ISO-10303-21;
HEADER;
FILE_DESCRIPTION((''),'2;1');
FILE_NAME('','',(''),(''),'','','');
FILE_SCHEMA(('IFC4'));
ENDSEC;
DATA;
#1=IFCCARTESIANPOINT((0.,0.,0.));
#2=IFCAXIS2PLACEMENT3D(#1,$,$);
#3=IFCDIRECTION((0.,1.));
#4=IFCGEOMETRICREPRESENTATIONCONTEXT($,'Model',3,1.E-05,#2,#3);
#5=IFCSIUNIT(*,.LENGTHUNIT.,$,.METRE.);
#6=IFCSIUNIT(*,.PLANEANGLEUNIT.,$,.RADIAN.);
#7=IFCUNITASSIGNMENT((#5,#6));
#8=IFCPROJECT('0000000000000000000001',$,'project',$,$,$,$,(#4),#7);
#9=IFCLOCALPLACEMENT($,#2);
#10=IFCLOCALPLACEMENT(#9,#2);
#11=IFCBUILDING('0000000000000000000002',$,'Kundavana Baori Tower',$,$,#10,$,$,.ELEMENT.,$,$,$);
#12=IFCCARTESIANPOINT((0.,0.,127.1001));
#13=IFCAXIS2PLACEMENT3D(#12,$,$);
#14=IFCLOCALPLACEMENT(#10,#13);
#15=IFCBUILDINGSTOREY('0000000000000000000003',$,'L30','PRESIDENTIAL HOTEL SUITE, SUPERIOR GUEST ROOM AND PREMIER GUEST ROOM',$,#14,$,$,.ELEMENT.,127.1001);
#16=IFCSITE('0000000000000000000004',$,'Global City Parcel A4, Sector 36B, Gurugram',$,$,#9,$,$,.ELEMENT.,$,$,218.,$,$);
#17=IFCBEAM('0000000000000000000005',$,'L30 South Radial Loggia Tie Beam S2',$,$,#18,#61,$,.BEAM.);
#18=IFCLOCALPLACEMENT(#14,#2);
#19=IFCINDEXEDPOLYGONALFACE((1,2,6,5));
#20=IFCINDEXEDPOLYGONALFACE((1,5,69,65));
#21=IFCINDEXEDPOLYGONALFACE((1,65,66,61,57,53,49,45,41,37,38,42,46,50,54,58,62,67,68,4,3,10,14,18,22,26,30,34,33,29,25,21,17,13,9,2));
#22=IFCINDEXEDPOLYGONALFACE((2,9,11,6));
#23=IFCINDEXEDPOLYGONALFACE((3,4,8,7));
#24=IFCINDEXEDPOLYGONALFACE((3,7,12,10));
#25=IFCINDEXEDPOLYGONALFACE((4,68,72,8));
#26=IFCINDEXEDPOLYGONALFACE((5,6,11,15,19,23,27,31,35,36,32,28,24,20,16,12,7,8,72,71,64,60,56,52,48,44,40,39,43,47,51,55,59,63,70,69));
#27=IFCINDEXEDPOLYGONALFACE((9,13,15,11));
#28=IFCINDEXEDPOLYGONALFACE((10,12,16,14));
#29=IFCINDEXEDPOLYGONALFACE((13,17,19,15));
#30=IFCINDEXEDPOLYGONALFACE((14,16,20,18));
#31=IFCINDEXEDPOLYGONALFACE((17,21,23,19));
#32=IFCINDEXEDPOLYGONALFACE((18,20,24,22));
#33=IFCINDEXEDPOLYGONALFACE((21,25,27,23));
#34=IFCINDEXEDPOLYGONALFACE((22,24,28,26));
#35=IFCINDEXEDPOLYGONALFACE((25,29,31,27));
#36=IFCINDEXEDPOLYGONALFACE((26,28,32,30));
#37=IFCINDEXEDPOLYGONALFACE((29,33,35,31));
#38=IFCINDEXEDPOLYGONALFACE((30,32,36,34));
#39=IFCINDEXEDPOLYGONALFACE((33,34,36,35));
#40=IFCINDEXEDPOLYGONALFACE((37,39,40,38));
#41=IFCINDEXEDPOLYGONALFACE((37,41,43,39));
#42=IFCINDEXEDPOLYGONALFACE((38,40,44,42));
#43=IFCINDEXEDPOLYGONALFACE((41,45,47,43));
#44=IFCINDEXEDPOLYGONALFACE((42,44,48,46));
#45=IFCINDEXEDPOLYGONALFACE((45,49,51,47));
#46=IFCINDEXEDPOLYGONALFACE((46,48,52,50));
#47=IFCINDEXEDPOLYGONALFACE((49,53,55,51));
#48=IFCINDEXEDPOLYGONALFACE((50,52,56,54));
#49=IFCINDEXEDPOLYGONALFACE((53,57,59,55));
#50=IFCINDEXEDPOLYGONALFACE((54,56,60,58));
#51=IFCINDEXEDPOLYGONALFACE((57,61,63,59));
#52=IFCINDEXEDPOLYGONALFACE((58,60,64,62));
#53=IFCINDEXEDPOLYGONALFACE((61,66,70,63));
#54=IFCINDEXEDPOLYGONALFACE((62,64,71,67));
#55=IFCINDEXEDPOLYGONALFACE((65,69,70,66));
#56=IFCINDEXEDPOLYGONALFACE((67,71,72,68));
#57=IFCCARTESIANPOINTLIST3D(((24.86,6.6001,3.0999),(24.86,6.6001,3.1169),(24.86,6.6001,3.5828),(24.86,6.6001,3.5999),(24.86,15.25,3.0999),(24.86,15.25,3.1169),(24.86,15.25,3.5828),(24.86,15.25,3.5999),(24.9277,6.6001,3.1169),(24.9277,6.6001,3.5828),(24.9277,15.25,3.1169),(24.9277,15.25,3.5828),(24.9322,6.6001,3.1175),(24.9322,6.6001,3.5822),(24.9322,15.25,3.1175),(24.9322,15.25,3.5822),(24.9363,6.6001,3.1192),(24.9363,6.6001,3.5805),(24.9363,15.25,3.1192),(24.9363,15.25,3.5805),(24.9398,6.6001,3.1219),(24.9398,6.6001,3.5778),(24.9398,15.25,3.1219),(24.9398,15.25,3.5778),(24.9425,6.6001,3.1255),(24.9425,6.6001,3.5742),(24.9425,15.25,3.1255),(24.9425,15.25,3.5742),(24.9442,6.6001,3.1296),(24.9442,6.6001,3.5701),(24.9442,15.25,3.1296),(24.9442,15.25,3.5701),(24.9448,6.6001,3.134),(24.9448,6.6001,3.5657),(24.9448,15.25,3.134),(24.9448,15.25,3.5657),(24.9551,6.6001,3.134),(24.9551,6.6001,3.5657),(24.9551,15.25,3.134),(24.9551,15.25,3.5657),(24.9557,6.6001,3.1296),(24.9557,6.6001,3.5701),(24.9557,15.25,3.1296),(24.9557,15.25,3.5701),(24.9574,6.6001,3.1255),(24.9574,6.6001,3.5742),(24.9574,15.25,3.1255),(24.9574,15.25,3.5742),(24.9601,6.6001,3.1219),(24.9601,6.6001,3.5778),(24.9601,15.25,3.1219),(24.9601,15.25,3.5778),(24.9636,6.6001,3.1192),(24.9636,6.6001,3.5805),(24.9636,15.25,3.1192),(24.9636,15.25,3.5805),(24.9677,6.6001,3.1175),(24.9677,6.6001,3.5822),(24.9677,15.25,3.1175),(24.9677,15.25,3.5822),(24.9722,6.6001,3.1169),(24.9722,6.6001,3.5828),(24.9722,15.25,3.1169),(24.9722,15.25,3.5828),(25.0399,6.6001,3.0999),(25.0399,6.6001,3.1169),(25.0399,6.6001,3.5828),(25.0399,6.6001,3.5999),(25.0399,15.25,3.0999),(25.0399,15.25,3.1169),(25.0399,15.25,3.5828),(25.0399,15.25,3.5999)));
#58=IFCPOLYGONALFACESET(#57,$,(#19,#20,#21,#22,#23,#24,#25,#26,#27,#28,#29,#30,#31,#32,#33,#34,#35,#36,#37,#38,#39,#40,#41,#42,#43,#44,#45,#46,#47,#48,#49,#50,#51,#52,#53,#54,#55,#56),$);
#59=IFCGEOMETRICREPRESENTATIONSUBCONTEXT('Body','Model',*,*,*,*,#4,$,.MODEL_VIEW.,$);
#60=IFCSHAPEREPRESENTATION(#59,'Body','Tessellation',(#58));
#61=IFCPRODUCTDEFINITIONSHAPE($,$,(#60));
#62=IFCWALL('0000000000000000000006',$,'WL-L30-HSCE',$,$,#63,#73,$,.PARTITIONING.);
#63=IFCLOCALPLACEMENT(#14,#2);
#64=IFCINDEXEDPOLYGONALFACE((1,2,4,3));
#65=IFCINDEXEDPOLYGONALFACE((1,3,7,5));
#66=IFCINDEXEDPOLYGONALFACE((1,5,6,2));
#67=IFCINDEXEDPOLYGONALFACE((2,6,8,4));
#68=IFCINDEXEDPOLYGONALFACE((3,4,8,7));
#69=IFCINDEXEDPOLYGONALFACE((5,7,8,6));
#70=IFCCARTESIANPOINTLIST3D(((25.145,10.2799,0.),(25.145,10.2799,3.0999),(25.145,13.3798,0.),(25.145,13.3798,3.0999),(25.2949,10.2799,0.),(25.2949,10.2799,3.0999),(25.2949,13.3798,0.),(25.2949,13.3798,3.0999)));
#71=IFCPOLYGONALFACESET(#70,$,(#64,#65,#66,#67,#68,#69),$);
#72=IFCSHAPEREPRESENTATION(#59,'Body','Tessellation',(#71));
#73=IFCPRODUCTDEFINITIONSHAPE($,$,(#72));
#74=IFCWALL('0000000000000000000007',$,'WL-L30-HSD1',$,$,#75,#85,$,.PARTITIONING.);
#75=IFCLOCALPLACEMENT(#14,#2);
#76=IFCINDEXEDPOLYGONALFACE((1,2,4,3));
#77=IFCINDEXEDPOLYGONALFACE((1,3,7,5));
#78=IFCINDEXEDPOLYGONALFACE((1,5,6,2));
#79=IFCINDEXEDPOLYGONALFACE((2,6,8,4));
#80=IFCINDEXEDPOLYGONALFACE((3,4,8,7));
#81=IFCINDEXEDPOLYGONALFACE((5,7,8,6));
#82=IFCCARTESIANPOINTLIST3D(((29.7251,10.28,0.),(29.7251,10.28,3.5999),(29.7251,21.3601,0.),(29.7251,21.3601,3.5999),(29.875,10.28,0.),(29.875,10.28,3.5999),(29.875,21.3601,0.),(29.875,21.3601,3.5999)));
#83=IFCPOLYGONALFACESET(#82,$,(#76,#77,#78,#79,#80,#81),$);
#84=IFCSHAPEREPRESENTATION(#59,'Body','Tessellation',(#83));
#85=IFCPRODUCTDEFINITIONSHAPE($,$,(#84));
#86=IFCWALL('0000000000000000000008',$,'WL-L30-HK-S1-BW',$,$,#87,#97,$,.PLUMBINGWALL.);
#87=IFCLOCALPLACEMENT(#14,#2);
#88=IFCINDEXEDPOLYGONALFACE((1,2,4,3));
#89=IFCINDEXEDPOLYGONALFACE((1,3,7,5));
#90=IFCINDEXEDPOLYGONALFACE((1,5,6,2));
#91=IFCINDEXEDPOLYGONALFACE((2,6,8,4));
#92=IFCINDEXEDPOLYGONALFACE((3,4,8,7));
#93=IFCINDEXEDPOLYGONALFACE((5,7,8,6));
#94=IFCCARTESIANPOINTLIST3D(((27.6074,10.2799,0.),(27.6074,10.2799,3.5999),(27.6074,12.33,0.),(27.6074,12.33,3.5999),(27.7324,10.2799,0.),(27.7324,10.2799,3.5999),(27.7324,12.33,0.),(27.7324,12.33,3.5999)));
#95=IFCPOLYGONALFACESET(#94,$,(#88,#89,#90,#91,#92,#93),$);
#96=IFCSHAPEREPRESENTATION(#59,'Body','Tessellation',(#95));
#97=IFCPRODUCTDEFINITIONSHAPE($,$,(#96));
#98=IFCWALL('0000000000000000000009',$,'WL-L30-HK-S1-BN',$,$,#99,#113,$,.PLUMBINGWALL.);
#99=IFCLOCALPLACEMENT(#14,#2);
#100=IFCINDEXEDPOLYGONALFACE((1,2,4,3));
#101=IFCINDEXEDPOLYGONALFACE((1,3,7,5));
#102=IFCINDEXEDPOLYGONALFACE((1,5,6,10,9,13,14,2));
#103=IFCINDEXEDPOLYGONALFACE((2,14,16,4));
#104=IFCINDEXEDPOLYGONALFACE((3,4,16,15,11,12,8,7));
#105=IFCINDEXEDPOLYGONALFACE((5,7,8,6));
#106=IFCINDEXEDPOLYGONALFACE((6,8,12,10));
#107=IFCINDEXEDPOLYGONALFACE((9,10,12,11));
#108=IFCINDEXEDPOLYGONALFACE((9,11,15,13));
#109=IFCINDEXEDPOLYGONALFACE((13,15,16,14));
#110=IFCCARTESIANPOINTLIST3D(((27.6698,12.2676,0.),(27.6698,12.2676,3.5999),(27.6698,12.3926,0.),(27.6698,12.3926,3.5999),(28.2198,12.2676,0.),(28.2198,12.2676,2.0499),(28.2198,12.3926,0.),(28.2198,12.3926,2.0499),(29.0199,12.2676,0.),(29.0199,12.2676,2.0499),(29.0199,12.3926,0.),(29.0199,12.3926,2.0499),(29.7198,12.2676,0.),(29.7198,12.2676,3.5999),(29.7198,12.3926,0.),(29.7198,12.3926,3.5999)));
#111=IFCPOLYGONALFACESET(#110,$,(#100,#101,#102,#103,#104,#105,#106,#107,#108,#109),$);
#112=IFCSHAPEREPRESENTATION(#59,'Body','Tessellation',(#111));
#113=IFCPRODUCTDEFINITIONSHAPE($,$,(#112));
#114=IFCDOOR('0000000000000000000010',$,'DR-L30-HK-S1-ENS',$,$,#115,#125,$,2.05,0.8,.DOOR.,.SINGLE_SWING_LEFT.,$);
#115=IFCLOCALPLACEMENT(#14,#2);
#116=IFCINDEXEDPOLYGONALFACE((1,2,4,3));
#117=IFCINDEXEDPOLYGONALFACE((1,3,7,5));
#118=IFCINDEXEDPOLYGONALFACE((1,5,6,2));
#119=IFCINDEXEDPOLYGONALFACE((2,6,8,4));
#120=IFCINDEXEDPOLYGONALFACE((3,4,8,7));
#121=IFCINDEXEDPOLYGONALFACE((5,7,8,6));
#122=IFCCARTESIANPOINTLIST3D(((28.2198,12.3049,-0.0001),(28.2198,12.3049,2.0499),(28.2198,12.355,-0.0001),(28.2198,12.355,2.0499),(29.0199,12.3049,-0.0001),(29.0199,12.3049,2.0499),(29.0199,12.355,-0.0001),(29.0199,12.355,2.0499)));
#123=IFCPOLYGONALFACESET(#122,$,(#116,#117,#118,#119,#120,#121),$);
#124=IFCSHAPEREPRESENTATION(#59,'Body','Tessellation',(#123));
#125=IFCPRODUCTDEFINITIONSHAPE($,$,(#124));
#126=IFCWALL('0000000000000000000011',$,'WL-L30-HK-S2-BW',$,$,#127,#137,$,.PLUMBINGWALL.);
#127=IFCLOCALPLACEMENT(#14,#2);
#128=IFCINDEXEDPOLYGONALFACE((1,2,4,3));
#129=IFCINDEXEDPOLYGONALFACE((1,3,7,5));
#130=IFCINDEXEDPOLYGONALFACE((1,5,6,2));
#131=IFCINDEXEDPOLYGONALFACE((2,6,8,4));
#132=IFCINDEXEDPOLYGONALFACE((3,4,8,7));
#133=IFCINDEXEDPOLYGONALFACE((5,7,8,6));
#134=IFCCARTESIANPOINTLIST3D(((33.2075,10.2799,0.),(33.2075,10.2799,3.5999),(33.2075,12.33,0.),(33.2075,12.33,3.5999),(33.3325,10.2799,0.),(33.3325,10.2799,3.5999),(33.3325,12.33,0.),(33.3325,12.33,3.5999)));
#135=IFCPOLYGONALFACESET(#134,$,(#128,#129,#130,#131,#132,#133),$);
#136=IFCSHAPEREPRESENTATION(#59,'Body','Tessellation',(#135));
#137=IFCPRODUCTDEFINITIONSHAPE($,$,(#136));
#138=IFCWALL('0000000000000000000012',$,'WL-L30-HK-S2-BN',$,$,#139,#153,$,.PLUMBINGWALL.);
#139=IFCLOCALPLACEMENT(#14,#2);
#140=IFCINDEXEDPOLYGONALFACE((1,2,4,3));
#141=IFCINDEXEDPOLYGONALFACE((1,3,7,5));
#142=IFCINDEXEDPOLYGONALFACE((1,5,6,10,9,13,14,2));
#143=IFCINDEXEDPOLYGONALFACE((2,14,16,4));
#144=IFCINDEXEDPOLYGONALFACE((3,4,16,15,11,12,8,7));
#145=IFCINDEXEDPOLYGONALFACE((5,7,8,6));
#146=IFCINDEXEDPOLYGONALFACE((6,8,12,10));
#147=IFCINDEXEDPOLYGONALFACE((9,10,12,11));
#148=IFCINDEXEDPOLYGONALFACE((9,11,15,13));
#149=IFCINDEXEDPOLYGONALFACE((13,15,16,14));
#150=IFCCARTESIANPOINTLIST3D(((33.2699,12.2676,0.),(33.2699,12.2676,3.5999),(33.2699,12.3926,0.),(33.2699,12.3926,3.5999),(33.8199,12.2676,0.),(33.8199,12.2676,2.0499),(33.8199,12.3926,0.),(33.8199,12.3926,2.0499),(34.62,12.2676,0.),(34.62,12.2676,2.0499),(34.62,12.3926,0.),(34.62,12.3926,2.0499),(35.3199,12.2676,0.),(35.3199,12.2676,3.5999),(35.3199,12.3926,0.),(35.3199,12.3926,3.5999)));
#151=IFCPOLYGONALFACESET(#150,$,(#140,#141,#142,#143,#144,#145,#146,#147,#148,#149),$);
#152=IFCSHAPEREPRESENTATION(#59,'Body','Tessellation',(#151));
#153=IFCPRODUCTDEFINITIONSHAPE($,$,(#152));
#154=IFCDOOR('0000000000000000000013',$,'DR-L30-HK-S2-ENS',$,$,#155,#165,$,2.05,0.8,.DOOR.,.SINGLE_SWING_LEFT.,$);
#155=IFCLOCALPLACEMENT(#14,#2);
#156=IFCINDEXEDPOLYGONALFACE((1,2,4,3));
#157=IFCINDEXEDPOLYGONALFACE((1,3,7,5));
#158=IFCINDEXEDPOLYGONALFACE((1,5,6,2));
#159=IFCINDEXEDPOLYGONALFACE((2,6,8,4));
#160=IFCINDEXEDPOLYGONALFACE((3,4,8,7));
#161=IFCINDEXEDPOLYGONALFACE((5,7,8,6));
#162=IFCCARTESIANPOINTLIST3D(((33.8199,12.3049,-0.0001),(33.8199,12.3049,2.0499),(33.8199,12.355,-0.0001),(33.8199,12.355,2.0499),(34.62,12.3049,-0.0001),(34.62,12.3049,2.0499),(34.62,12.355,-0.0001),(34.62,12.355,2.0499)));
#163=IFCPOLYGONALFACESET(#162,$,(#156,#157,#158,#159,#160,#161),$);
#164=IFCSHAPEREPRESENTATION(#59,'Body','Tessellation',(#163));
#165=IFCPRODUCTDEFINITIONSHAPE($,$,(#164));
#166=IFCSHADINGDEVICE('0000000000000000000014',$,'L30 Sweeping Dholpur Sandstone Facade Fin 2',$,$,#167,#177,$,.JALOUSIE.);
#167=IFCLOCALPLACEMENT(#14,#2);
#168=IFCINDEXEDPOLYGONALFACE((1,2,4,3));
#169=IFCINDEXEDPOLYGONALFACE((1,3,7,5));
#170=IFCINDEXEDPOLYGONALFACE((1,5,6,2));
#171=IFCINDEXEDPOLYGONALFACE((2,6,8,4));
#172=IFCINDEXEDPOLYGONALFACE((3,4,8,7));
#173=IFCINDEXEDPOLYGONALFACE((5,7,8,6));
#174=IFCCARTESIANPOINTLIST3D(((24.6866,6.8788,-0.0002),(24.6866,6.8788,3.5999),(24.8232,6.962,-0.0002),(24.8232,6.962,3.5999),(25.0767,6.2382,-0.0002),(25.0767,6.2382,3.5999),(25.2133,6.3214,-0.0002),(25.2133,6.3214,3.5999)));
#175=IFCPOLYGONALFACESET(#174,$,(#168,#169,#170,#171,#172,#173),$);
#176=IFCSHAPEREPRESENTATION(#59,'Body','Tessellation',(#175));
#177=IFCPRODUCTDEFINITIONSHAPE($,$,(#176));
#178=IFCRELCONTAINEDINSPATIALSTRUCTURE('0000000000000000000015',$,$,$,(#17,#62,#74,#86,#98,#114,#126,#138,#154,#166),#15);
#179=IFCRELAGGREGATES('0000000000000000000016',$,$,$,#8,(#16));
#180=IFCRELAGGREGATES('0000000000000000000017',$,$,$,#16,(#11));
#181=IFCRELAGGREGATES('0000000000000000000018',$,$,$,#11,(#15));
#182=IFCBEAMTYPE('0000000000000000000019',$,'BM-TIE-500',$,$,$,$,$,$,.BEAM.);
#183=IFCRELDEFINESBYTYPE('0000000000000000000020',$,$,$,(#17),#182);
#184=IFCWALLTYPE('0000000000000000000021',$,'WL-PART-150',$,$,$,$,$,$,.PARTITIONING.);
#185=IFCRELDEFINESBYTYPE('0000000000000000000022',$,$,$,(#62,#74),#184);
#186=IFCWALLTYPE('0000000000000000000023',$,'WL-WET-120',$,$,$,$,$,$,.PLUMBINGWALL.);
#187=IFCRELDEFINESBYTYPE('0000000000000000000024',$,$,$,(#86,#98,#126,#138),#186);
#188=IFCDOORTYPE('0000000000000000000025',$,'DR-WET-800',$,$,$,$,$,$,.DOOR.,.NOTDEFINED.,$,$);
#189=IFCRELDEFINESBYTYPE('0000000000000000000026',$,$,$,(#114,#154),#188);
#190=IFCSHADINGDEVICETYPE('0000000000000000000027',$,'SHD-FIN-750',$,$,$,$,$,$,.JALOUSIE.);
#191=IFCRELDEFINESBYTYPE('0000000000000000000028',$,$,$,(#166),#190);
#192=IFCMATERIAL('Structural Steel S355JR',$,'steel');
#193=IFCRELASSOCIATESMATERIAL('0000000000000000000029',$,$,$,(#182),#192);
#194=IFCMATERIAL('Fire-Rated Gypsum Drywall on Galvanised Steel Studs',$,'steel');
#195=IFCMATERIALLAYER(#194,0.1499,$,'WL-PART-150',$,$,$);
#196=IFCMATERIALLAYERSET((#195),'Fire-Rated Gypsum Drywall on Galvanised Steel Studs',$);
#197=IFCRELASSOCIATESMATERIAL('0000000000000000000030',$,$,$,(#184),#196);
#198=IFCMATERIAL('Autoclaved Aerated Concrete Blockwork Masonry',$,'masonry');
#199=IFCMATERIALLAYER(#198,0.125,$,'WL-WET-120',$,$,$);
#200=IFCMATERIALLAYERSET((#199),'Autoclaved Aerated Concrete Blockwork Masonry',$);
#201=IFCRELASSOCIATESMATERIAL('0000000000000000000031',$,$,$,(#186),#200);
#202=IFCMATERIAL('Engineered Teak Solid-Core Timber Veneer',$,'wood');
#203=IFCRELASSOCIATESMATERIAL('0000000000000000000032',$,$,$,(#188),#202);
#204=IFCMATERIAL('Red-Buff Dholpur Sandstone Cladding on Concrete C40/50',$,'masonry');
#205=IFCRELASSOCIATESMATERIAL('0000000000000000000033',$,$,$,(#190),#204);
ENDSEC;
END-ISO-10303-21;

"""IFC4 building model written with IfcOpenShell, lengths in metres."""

from ifc_helpers import new_model, si_unit, direction, frame, frame_2d, origin, origin_2d, place, context, subcontext, project, spatial, rectangle, i_section, extrude, material, layer, layer_set, material_profile, profile_set, type_object, element, fill, save


model = new_model("IFC4")

# Units and contexts
model_context = context("Model", 3, precision=1e-05, world=origin(), true_north=direction((0.0, 1.0)))
body_context = subcontext(model_context, "Body", "Model", "MODEL_VIEW")
ifc_project = project(units=[si_unit("LENGTHUNIT", "METRE"), si_unit("PLANEANGLEUNIT", "RADIAN")], contexts=[model_context])

# Site, building, storey
site_placement = place(None, origin())
site = spatial("IfcSite", under=ifc_project, at=site_placement, Name="Global City Parcel A4, Sector 36B, Gurugram", CompositionType="ELEMENT", RefElevation=218.0)
building_placement = place(site_placement, origin())
building = spatial("IfcBuilding", under=site, at=building_placement, Name="Kundavana Baori Tower", CompositionType="ELEMENT")
storey_placement = place(building_placement, frame((0.0, 0.0, 127.1001)))
storey = spatial("IfcBuildingStorey", under=building, at=storey_placement, Name="L30", Description="PRESIDENTIAL HOTEL SUITE, SUPERIOR GUEST ROOM AND PREMIER GUEST ROOM", CompositionType="ELEMENT", Elevation=127.1001)

# Beam
ifc_material_1 = material(Name="Structural Steel S355JR", Category="steel")
ifc_material_profile_1 = material_profile(ifc_material_1, i_section(OverallWidth=0.1799, OverallDepth=0.5, WebThickness=0.0103, FlangeThickness=0.0171, FilletRadius=0.0171, at=origin_2d()), Name="ISMB 500")
ifc_profile_set_1 = profile_set([ifc_material_profile_1], Name="Structural Steel S355JR")
beam_type_1 = type_object("IfcBeamType", Name="BM-TIE-500", PredefinedType="BEAM", material=ifc_profile_set_1)
beam_1_placement = place(storey_placement, frame((24.95, 15.25, 3.3499), z_axis=(0.0, -1.0, 0.0), x_axis=(1.0, 0.0, 0.0)))
element("IfcBeam", 1, at=beam_1_placement, inside=storey, type_object=beam_type_1, Name="L30 South Radial Loggia Tie Beam S2", PredefinedType="BEAM", context=body_context, shape_type="SweptSolid", body=[
    extrude(i_section(OverallWidth=0.1799, OverallDepth=0.5, WebThickness=0.0103, FlangeThickness=0.0171, FilletRadius=0.0171, at=origin_2d()), origin(), (0.0, 0.0, 1.0), 8.6499),
])

# Walls
ifc_material_2 = material(Name="Fire-Rated Gypsum Drywall on Galvanised Steel Studs", Category="steel")
ifc_layer_1 = layer(ifc_material_2, 0.1499, Name="WL-PART-150")
ifc_layer_set_1 = layer_set([ifc_layer_1], Name="Fire-Rated Gypsum Drywall on Galvanised Steel Studs")
wall_type_1 = type_object("IfcWallType", Name="WL-PART-150", PredefinedType="PARTITIONING", material=ifc_layer_set_1)
wall_1_placement = place(storey_placement, frame((25.22, 10.28, 0.0), z_axis=(0.0, 0.0, 1.0), x_axis=(0.0, 1.0, 0.0)))
element("IfcWall", 2, at=wall_1_placement, inside=storey, type_object=wall_type_1, Name="WL-L30-HSCE", PredefinedType="PARTITIONING", context=body_context, shape_type="SweptSolid", body=[
    extrude(rectangle(XDim=3.0999, YDim=0.1499, at=frame_2d((1.5498, 0.0))), origin(), (0.0, 0.0, 1.0), 3.0999),
])
wall_2_placement = place(storey_placement, frame((29.8, 10.28, 0.0), z_axis=(0.0, 0.0, 1.0), x_axis=(0.0, 1.0, 0.0)))
element("IfcWall", 3, at=wall_2_placement, inside=storey, type_object=wall_type_1, Name="WL-L30-HSD1", PredefinedType="PARTITIONING", context=body_context, shape_type="SweptSolid", body=[
    extrude(rectangle(XDim=11.0801, YDim=0.1499, at=frame_2d((5.54, 0.0))), origin(), (0.0, 0.0, 1.0), 3.5999),
])
ifc_material_3 = material(Name="Autoclaved Aerated Concrete Blockwork Masonry", Category="masonry")
ifc_layer_2 = layer(ifc_material_3, 0.125, Name="WL-WET-120")
ifc_layer_set_2 = layer_set([ifc_layer_2], Name="Autoclaved Aerated Concrete Blockwork Masonry")
wall_type_2 = type_object("IfcWallType", Name="WL-WET-120", PredefinedType="PLUMBINGWALL", material=ifc_layer_set_2)
wall_3_placement = place(storey_placement, frame((27.6699, 10.28, 0.0), z_axis=(0.0, 0.0, 1.0), x_axis=(0.0, 1.0, 0.0)))
element("IfcWall", 4, at=wall_3_placement, inside=storey, type_object=wall_type_2, Name="WL-L30-HK-S1-BW", PredefinedType="PLUMBINGWALL", context=body_context, shape_type="SweptSolid", body=[
    extrude(rectangle(XDim=2.05, YDim=0.125, at=frame_2d((1.0249, 0.0))), origin(), (0.0, 0.0, 1.0), 3.5999),
])

# Wall, opening, door
wall_4_placement = place(storey_placement, frame((27.6699, 12.3301, 0.0), z_axis=(0.0, 0.0, 1.0), x_axis=(1.0, 0.0, 0.0)))
wall_4 = element("IfcWall", 5, at=wall_4_placement, inside=storey, type_object=wall_type_2, Name="WL-L30-HK-S1-BN", PredefinedType="PLUMBINGWALL", context=body_context, shape_type="SweptSolid", body=[
    extrude(rectangle(XDim=2.05, YDim=0.125, at=frame_2d((1.0249, 0.0))), origin(), (0.0, 0.0, 1.0), 3.5999),
])
opening_1_placement = place(wall_4_placement, frame((0.55, 0.0, 0.0)))
opening_1 = element("IfcOpeningElement", 6, at=opening_1_placement, cuts=wall_4, PredefinedType="OPENING", context=body_context, shape_type="SweptSolid", body=[
    extrude(rectangle(XDim=0.8, YDim=2.05, at=frame_2d((0.3999, 1.0249))), frame((0.0, 0.0725, 0.0), z_axis=(0.0, -1.0, 0.0), x_axis=(1.0, 0.0, 0.0)), (0.0, 0.0, 1.0), 0.145),
])
ifc_material_4 = material(Name="Engineered Teak Solid-Core Timber Veneer", Category="wood")
door_type = type_object("IfcDoorType", Name="DR-WET-800", OperationType="NOTDEFINED", PredefinedType="DOOR", material=ifc_material_4)
door_1_placement = place(opening_1_placement, origin())
door_1 = element("IfcDoor", 7, at=door_1_placement, inside=storey, type_object=door_type, Name="DR-L30-HK-S1-ENS", OperationType="SINGLE_SWING_LEFT", OverallHeight=2.05, OverallWidth=0.8, PredefinedType="DOOR", context=body_context, shape_type="SweptSolid", body=[
    extrude(rectangle(XDim=0.8, YDim=2.05, at=frame_2d((0.3999, 1.0249))), frame((0.0, 0.0249, 0.0), z_axis=(0.0, -1.0, 0.0), x_axis=(1.0, 0.0, 0.0)), (0.0, 0.0, 1.0), 0.05),
])
fill(opening_1, door_1)

# Wall
wall_5_placement = place(storey_placement, frame((33.27, 10.28, 0.0), z_axis=(0.0, 0.0, 1.0), x_axis=(0.0, 1.0, 0.0)))
element("IfcWall", 8, at=wall_5_placement, inside=storey, type_object=wall_type_2, Name="WL-L30-HK-S2-BW", PredefinedType="PLUMBINGWALL", context=body_context, shape_type="SweptSolid", body=[
    extrude(rectangle(XDim=2.05, YDim=0.125, at=frame_2d((1.0249, 0.0))), origin(), (0.0, 0.0, 1.0), 3.5999),
])

# Wall, opening, door
wall_6_placement = place(storey_placement, frame((33.27, 12.3301, 0.0), z_axis=(0.0, 0.0, 1.0), x_axis=(1.0, 0.0, 0.0)))
wall_6 = element("IfcWall", 9, at=wall_6_placement, inside=storey, type_object=wall_type_2, Name="WL-L30-HK-S2-BN", PredefinedType="PLUMBINGWALL", context=body_context, shape_type="SweptSolid", body=[
    extrude(rectangle(XDim=2.05, YDim=0.125, at=frame_2d((1.0249, 0.0))), origin(), (0.0, 0.0, 1.0), 3.5999),
])
opening_2_placement = place(wall_6_placement, frame((0.55, 0.0, 0.0)))
opening_2 = element("IfcOpeningElement", 10, at=opening_2_placement, cuts=wall_6, PredefinedType="OPENING", context=body_context, shape_type="SweptSolid", body=[
    extrude(rectangle(XDim=0.8, YDim=2.05, at=frame_2d((0.3999, 1.0249))), frame((0.0, 0.0725, 0.0), z_axis=(0.0, -1.0, 0.0), x_axis=(1.0, 0.0, 0.0)), (0.0, 0.0, 1.0), 0.145),
])
door_2_placement = place(opening_2_placement, origin())
door_2 = element("IfcDoor", 11, at=door_2_placement, inside=storey, type_object=door_type, Name="DR-L30-HK-S2-ENS", OperationType="SINGLE_SWING_LEFT", OverallHeight=2.05, OverallWidth=0.8, PredefinedType="DOOR", context=body_context, shape_type="SweptSolid", body=[
    extrude(rectangle(XDim=0.8, YDim=2.05, at=frame_2d((0.3999, 1.0249))), frame((0.0, 0.0249, 0.0), z_axis=(0.0, -1.0, 0.0), x_axis=(1.0, 0.0, 0.0)), (0.0, 0.0, 1.0), 0.05),
])
fill(opening_2, door_2)

# Shading device
ifc_material_5 = material(Name="Red-Buff Dholpur Sandstone Cladding on Concrete C40/50", Category="masonry")
shading_device_type_1 = type_object("IfcShadingDeviceType", Name="SHD-FIN-750", PredefinedType="JALOUSIE", material=ifc_material_5)
shading_device_1_placement = place(storey_placement, frame((24.95, 6.6001, -0.0002), z_axis=(0.0, 0.0, 1.0), x_axis=(0.854096, 0.520116, 0.0)))
element("IfcShadingDevice", 12, at=shading_device_1_placement, inside=storey, type_object=shading_device_type_1, Name="L30 Sweeping Dholpur Sandstone Facade Fin 2", PredefinedType="JALOUSIE", context=body_context, shape_type="SweptSolid", body=[
    extrude(rectangle(XDim=0.1599, YDim=0.75, at=origin_2d()), origin(), (0.0, 0.0, 1.0), 3.6001),
])

save(model, "model.ifc")
